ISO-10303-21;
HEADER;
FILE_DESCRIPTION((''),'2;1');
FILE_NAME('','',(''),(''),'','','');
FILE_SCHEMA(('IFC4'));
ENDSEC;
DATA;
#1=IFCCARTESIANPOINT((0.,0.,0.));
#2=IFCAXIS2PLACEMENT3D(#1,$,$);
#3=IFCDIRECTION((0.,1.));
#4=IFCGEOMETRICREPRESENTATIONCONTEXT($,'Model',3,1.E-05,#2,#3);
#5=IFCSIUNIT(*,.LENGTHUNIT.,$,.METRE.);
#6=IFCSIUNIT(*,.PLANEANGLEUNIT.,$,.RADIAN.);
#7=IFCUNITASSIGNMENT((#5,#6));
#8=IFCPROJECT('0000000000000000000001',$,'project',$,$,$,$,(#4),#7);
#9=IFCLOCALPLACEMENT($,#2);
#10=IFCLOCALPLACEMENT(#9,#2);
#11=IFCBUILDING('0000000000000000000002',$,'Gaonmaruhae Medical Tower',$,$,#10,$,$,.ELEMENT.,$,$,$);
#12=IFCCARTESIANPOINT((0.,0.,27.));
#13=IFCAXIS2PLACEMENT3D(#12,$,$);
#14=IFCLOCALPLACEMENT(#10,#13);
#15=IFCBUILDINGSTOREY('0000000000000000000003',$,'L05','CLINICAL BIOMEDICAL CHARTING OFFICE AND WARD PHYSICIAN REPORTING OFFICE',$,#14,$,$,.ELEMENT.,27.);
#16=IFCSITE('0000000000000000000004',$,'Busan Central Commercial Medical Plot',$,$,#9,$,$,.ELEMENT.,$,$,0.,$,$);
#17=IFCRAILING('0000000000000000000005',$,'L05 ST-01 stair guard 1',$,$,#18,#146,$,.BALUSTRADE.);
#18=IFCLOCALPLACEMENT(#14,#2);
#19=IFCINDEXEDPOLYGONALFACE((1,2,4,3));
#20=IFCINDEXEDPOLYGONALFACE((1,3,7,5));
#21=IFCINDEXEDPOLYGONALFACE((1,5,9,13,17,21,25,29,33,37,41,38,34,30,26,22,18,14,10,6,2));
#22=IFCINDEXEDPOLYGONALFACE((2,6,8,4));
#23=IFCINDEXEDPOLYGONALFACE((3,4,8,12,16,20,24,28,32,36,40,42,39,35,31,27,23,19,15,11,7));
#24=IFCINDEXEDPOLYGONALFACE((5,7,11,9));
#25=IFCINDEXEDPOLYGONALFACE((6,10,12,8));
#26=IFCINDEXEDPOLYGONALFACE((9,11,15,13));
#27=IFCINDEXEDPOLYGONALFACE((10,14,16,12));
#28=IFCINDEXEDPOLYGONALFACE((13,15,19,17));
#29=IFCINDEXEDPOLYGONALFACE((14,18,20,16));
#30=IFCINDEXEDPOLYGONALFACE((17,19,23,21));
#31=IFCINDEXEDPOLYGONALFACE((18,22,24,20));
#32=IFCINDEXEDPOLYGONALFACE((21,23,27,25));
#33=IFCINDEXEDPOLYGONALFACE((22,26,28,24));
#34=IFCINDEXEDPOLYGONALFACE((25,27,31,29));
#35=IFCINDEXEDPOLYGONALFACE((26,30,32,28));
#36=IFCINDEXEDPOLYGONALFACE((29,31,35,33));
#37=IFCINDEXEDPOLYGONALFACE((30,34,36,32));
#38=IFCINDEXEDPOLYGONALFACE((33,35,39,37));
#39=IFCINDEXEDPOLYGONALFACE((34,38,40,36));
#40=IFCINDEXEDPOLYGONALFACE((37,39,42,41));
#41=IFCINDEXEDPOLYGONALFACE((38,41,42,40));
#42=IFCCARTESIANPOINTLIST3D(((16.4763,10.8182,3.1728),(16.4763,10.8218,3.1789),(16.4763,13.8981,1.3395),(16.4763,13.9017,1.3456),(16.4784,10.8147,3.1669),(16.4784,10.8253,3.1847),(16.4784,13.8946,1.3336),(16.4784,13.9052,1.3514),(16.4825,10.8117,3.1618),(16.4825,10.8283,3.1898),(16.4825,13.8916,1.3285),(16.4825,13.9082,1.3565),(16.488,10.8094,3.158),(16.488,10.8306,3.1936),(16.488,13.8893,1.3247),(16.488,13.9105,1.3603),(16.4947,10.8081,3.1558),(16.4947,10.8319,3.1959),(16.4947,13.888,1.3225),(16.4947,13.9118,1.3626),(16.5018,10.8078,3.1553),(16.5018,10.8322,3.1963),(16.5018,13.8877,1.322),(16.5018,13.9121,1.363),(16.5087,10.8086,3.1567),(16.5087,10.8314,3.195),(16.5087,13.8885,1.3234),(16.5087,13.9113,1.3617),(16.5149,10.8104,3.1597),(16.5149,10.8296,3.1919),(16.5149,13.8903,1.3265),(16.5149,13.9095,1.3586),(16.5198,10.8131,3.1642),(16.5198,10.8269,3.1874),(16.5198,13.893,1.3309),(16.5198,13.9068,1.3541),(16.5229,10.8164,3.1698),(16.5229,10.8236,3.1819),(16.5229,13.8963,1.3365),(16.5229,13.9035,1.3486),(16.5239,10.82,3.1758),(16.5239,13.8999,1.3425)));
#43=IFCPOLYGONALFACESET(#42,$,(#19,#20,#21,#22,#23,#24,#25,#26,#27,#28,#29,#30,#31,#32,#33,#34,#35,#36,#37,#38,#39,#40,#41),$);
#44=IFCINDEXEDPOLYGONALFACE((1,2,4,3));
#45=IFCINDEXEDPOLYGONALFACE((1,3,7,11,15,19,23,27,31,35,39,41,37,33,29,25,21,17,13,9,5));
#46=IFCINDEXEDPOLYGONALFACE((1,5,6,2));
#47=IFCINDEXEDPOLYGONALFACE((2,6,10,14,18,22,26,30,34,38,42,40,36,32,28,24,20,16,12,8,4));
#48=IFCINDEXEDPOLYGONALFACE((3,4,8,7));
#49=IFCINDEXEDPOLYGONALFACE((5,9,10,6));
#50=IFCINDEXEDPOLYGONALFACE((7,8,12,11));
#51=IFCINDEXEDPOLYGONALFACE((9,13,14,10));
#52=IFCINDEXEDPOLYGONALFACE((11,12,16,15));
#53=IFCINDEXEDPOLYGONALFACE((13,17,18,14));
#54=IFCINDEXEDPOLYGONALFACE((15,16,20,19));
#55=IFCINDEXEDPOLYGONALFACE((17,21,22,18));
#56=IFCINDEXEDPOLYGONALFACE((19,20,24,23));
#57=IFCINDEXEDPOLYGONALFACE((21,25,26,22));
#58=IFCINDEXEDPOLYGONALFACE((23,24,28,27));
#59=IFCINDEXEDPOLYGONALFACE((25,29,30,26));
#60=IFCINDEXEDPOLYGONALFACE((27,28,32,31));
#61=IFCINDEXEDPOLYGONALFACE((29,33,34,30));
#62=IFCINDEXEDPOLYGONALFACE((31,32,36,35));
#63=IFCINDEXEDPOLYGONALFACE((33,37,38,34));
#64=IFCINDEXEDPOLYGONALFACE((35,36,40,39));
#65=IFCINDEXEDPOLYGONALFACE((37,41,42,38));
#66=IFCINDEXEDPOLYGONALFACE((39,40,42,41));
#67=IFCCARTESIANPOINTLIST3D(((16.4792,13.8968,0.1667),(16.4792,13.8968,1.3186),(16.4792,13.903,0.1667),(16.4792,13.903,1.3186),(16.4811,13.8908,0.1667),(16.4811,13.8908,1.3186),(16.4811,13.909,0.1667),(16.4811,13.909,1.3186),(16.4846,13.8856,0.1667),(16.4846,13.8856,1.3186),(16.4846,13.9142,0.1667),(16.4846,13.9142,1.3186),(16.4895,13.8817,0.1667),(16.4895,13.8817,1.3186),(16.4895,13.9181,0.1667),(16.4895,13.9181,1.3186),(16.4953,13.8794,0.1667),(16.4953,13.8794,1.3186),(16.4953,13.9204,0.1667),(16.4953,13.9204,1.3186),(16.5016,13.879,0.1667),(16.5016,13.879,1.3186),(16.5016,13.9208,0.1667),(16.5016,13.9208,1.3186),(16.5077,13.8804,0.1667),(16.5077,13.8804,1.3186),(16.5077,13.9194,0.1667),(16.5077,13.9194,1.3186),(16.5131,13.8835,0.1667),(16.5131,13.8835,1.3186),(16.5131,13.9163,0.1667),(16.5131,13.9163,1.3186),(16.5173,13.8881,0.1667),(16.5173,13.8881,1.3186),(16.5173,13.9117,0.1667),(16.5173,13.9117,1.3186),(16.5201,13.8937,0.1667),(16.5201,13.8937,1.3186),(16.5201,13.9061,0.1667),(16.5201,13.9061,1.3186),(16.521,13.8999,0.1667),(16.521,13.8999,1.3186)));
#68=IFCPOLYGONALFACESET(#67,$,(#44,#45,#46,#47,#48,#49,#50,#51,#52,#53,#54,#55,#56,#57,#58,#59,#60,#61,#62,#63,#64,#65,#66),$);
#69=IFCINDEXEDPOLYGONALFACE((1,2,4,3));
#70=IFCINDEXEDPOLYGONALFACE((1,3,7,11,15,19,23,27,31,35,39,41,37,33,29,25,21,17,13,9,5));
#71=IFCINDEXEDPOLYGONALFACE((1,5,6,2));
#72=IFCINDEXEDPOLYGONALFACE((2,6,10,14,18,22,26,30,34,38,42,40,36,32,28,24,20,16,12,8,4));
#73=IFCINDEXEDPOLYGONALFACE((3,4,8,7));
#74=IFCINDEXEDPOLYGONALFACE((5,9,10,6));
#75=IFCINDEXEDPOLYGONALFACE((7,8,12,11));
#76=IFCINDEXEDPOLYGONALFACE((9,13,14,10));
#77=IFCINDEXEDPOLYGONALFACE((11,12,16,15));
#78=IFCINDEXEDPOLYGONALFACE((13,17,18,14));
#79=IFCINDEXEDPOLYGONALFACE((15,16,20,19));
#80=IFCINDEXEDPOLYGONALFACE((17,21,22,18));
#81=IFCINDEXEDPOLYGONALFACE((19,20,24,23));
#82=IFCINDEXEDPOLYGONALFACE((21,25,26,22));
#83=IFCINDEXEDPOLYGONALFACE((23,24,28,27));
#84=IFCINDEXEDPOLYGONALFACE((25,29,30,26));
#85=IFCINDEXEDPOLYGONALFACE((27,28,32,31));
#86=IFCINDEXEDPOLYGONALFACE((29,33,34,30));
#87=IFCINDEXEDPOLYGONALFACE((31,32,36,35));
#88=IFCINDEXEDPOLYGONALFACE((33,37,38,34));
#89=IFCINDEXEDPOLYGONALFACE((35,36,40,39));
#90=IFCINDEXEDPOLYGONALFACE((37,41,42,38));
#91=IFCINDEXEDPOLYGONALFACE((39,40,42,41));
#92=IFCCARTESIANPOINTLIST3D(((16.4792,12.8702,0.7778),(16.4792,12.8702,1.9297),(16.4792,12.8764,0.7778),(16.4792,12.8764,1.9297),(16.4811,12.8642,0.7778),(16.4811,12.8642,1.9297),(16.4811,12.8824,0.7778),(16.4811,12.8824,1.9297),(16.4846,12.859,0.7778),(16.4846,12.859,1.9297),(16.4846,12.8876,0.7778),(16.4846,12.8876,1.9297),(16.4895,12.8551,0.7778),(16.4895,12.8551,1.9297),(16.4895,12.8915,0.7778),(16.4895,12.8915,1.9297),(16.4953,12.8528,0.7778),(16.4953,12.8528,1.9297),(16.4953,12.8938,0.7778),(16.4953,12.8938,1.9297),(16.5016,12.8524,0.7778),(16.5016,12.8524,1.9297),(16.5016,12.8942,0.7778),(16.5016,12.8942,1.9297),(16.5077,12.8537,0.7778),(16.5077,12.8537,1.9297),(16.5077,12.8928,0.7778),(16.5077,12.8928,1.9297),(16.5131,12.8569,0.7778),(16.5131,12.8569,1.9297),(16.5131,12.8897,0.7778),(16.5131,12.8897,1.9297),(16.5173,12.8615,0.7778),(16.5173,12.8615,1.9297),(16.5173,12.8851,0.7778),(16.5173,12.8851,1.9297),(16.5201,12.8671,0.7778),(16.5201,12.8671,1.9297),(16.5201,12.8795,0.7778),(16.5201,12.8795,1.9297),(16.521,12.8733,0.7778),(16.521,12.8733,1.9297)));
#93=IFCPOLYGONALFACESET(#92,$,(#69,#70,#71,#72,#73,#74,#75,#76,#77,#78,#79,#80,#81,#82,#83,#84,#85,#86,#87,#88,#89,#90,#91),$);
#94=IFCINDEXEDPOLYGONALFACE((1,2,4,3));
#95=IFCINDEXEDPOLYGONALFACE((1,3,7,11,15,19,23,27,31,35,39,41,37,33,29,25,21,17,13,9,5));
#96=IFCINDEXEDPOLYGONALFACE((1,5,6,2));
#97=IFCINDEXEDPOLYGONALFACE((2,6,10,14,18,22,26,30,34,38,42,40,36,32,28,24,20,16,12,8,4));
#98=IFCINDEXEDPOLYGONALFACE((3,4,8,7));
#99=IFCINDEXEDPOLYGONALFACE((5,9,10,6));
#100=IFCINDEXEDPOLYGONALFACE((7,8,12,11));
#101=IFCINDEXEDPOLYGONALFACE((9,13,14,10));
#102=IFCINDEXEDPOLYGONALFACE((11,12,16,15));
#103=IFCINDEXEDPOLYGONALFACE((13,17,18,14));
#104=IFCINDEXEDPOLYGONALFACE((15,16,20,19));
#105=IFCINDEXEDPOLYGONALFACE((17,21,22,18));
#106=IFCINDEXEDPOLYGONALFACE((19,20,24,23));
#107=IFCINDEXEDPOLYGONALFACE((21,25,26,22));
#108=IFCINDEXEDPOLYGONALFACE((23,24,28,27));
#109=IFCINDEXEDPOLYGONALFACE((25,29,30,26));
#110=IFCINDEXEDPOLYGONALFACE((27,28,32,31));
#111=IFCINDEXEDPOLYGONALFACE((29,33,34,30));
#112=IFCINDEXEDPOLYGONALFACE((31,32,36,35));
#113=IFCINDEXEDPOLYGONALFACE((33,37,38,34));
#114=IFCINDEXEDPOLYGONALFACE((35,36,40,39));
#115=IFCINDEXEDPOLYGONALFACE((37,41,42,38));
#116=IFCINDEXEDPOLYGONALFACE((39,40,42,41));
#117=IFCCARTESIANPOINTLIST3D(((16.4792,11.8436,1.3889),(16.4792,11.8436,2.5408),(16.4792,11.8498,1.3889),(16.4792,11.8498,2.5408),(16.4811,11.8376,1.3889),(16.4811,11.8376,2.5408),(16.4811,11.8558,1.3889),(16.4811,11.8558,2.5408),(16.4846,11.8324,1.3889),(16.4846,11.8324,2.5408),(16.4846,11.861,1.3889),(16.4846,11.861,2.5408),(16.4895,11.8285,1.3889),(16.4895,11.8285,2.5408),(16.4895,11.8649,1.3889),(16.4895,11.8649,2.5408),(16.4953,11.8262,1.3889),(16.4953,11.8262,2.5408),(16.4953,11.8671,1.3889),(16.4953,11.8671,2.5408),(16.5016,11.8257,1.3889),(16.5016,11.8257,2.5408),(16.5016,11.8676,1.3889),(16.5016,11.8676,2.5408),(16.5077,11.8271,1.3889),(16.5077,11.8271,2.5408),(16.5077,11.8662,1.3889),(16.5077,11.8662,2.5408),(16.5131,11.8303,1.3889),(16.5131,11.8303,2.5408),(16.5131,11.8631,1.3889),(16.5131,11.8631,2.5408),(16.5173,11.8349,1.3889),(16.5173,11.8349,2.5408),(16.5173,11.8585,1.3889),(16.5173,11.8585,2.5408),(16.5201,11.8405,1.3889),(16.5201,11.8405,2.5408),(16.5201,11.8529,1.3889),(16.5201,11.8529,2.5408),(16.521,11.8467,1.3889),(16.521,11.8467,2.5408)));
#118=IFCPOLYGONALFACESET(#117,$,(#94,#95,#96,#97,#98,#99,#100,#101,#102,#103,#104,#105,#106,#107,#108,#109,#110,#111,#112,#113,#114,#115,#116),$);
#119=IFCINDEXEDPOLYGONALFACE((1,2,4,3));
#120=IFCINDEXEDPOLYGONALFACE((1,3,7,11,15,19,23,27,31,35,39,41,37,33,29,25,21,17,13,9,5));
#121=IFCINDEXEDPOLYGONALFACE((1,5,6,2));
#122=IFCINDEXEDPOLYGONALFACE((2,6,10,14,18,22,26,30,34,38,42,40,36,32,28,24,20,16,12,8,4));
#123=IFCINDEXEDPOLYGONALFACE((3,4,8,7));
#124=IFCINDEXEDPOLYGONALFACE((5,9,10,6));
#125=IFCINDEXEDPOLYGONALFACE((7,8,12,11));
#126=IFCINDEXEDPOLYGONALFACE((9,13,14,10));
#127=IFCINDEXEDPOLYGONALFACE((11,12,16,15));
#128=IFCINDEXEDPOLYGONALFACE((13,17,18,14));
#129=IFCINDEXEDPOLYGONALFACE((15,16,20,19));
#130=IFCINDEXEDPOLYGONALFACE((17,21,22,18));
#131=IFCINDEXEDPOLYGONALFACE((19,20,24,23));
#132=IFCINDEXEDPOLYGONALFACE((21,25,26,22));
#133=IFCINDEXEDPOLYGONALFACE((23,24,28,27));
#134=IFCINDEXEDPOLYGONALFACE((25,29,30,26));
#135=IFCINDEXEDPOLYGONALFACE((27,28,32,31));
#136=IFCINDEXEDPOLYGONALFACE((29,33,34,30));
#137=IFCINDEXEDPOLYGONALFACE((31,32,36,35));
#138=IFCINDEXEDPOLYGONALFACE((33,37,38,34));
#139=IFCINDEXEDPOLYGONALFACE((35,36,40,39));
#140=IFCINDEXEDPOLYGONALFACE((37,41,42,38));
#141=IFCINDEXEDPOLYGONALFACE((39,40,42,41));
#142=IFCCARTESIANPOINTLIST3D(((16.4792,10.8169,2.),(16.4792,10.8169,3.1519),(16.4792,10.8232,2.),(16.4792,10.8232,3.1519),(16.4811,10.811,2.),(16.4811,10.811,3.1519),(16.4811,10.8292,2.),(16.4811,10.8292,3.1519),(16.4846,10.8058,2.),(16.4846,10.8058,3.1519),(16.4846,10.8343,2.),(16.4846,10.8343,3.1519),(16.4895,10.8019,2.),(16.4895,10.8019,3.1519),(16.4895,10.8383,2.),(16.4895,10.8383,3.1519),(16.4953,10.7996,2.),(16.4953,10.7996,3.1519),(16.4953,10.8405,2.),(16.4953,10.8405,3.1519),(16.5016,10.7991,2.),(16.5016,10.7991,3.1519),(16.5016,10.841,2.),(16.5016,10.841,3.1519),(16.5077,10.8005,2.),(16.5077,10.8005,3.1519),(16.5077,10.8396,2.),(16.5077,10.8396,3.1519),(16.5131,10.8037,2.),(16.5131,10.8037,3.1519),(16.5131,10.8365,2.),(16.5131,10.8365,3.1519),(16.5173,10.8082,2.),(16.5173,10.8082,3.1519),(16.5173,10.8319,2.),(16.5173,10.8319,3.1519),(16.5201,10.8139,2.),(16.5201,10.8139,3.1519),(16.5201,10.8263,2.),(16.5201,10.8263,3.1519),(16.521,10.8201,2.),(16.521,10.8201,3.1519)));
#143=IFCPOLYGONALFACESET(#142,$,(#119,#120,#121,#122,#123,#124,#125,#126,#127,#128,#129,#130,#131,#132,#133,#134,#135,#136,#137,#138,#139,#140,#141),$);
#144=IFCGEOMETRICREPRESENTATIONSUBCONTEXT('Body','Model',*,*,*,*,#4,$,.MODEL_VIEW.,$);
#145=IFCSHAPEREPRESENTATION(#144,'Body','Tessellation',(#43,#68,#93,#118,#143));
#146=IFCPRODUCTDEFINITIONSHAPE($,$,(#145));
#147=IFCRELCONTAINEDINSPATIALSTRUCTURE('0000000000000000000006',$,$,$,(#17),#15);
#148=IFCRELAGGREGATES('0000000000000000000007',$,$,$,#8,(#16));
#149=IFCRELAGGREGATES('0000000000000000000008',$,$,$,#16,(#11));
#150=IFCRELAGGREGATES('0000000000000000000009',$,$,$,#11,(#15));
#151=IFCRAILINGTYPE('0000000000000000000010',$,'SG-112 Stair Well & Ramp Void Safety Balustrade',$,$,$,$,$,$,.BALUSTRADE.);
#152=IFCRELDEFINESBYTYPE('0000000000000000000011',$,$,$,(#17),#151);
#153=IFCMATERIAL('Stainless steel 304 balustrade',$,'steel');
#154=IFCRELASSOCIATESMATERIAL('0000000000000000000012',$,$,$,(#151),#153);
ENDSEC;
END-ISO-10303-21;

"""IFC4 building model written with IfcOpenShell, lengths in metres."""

from ifc_helpers import new_model, si_unit, direction, frame, origin, origin_2d, place, context, subcontext, project, spatial, circle, extrude, material, type_object, element, save


model = new_model("IFC4")

# Units and contexts
model_context = context("Model", 3, precision=1e-05, world=origin(), true_north=direction((0.0, 1.0)))
body_context = subcontext(model_context, "Body", "Model", "MODEL_VIEW")
ifc_project = project(units=[si_unit("LENGTHUNIT", "METRE"), si_unit("PLANEANGLEUNIT", "RADIAN")], contexts=[model_context])

# Site, building, storey
site_placement = place(None, origin())
site = spatial("IfcSite", under=ifc_project, at=site_placement, Name="Busan Central Commercial Medical Plot", CompositionType="ELEMENT", RefElevation=0.0)
building_placement = place(site_placement, origin())
building = spatial("IfcBuilding", under=site, at=building_placement, Name="Gaonmaruhae Medical Tower", CompositionType="ELEMENT")
storey_placement = place(building_placement, frame((0.0, 0.0, 27.0)))
storey = spatial("IfcBuildingStorey", under=building, at=storey_placement, Name="L05", Description="CLINICAL BIOMEDICAL CHARTING OFFICE AND WARD PHYSICIAN REPORTING OFFICE", CompositionType="ELEMENT", Elevation=27.0)

# Railing
ifc_material_1 = material(Name="Stainless steel 304 balustrade", Category="steel")
railing_type_1 = type_object("IfcRailingType", Name="SG-112 Stair Well & Ramp Void Safety Balustrade", PredefinedType="BALUSTRADE", material=ifc_material_1)
railing_1_placement = place(storey_placement, frame((16.5, 13.8999, 0.1667)))
element("IfcRailing", 1, at=railing_1_placement, inside=storey, type_object=railing_type_1, Name="L05 ST-01 stair guard 1", PredefinedType="BALUSTRADE", context=body_context, shape_type="SweptSolid", body=[
    extrude(circle(Radius=0.0239, at=origin_2d()), frame((0.0, 0.0, 1.1758), z_axis=(0.0, -0.859291, 0.511487), x_axis=(1.0, 0.0, 0.0)), (0.0, 0.0, 1.0), 3.5842),
    extrude(circle(Radius=0.021, at=origin_2d()), origin(), (0.0, 0.0, 1.0), 1.1519),
    extrude(circle(Radius=0.021, at=origin_2d()), frame((0.0, -1.0266, 0.6111)), (0.0, 0.0, 1.0), 1.1519),
    extrude(circle(Radius=0.021, at=origin_2d()), frame((0.0, -2.0532, 1.2222)), (0.0, 0.0, 1.0), 1.1519),
    extrude(circle(Radius=0.021, at=origin_2d()), frame((0.0, -3.0798, 1.8333)), (0.0, 0.0, 1.0), 1.1519),
])

save(model, "model.ifc")
